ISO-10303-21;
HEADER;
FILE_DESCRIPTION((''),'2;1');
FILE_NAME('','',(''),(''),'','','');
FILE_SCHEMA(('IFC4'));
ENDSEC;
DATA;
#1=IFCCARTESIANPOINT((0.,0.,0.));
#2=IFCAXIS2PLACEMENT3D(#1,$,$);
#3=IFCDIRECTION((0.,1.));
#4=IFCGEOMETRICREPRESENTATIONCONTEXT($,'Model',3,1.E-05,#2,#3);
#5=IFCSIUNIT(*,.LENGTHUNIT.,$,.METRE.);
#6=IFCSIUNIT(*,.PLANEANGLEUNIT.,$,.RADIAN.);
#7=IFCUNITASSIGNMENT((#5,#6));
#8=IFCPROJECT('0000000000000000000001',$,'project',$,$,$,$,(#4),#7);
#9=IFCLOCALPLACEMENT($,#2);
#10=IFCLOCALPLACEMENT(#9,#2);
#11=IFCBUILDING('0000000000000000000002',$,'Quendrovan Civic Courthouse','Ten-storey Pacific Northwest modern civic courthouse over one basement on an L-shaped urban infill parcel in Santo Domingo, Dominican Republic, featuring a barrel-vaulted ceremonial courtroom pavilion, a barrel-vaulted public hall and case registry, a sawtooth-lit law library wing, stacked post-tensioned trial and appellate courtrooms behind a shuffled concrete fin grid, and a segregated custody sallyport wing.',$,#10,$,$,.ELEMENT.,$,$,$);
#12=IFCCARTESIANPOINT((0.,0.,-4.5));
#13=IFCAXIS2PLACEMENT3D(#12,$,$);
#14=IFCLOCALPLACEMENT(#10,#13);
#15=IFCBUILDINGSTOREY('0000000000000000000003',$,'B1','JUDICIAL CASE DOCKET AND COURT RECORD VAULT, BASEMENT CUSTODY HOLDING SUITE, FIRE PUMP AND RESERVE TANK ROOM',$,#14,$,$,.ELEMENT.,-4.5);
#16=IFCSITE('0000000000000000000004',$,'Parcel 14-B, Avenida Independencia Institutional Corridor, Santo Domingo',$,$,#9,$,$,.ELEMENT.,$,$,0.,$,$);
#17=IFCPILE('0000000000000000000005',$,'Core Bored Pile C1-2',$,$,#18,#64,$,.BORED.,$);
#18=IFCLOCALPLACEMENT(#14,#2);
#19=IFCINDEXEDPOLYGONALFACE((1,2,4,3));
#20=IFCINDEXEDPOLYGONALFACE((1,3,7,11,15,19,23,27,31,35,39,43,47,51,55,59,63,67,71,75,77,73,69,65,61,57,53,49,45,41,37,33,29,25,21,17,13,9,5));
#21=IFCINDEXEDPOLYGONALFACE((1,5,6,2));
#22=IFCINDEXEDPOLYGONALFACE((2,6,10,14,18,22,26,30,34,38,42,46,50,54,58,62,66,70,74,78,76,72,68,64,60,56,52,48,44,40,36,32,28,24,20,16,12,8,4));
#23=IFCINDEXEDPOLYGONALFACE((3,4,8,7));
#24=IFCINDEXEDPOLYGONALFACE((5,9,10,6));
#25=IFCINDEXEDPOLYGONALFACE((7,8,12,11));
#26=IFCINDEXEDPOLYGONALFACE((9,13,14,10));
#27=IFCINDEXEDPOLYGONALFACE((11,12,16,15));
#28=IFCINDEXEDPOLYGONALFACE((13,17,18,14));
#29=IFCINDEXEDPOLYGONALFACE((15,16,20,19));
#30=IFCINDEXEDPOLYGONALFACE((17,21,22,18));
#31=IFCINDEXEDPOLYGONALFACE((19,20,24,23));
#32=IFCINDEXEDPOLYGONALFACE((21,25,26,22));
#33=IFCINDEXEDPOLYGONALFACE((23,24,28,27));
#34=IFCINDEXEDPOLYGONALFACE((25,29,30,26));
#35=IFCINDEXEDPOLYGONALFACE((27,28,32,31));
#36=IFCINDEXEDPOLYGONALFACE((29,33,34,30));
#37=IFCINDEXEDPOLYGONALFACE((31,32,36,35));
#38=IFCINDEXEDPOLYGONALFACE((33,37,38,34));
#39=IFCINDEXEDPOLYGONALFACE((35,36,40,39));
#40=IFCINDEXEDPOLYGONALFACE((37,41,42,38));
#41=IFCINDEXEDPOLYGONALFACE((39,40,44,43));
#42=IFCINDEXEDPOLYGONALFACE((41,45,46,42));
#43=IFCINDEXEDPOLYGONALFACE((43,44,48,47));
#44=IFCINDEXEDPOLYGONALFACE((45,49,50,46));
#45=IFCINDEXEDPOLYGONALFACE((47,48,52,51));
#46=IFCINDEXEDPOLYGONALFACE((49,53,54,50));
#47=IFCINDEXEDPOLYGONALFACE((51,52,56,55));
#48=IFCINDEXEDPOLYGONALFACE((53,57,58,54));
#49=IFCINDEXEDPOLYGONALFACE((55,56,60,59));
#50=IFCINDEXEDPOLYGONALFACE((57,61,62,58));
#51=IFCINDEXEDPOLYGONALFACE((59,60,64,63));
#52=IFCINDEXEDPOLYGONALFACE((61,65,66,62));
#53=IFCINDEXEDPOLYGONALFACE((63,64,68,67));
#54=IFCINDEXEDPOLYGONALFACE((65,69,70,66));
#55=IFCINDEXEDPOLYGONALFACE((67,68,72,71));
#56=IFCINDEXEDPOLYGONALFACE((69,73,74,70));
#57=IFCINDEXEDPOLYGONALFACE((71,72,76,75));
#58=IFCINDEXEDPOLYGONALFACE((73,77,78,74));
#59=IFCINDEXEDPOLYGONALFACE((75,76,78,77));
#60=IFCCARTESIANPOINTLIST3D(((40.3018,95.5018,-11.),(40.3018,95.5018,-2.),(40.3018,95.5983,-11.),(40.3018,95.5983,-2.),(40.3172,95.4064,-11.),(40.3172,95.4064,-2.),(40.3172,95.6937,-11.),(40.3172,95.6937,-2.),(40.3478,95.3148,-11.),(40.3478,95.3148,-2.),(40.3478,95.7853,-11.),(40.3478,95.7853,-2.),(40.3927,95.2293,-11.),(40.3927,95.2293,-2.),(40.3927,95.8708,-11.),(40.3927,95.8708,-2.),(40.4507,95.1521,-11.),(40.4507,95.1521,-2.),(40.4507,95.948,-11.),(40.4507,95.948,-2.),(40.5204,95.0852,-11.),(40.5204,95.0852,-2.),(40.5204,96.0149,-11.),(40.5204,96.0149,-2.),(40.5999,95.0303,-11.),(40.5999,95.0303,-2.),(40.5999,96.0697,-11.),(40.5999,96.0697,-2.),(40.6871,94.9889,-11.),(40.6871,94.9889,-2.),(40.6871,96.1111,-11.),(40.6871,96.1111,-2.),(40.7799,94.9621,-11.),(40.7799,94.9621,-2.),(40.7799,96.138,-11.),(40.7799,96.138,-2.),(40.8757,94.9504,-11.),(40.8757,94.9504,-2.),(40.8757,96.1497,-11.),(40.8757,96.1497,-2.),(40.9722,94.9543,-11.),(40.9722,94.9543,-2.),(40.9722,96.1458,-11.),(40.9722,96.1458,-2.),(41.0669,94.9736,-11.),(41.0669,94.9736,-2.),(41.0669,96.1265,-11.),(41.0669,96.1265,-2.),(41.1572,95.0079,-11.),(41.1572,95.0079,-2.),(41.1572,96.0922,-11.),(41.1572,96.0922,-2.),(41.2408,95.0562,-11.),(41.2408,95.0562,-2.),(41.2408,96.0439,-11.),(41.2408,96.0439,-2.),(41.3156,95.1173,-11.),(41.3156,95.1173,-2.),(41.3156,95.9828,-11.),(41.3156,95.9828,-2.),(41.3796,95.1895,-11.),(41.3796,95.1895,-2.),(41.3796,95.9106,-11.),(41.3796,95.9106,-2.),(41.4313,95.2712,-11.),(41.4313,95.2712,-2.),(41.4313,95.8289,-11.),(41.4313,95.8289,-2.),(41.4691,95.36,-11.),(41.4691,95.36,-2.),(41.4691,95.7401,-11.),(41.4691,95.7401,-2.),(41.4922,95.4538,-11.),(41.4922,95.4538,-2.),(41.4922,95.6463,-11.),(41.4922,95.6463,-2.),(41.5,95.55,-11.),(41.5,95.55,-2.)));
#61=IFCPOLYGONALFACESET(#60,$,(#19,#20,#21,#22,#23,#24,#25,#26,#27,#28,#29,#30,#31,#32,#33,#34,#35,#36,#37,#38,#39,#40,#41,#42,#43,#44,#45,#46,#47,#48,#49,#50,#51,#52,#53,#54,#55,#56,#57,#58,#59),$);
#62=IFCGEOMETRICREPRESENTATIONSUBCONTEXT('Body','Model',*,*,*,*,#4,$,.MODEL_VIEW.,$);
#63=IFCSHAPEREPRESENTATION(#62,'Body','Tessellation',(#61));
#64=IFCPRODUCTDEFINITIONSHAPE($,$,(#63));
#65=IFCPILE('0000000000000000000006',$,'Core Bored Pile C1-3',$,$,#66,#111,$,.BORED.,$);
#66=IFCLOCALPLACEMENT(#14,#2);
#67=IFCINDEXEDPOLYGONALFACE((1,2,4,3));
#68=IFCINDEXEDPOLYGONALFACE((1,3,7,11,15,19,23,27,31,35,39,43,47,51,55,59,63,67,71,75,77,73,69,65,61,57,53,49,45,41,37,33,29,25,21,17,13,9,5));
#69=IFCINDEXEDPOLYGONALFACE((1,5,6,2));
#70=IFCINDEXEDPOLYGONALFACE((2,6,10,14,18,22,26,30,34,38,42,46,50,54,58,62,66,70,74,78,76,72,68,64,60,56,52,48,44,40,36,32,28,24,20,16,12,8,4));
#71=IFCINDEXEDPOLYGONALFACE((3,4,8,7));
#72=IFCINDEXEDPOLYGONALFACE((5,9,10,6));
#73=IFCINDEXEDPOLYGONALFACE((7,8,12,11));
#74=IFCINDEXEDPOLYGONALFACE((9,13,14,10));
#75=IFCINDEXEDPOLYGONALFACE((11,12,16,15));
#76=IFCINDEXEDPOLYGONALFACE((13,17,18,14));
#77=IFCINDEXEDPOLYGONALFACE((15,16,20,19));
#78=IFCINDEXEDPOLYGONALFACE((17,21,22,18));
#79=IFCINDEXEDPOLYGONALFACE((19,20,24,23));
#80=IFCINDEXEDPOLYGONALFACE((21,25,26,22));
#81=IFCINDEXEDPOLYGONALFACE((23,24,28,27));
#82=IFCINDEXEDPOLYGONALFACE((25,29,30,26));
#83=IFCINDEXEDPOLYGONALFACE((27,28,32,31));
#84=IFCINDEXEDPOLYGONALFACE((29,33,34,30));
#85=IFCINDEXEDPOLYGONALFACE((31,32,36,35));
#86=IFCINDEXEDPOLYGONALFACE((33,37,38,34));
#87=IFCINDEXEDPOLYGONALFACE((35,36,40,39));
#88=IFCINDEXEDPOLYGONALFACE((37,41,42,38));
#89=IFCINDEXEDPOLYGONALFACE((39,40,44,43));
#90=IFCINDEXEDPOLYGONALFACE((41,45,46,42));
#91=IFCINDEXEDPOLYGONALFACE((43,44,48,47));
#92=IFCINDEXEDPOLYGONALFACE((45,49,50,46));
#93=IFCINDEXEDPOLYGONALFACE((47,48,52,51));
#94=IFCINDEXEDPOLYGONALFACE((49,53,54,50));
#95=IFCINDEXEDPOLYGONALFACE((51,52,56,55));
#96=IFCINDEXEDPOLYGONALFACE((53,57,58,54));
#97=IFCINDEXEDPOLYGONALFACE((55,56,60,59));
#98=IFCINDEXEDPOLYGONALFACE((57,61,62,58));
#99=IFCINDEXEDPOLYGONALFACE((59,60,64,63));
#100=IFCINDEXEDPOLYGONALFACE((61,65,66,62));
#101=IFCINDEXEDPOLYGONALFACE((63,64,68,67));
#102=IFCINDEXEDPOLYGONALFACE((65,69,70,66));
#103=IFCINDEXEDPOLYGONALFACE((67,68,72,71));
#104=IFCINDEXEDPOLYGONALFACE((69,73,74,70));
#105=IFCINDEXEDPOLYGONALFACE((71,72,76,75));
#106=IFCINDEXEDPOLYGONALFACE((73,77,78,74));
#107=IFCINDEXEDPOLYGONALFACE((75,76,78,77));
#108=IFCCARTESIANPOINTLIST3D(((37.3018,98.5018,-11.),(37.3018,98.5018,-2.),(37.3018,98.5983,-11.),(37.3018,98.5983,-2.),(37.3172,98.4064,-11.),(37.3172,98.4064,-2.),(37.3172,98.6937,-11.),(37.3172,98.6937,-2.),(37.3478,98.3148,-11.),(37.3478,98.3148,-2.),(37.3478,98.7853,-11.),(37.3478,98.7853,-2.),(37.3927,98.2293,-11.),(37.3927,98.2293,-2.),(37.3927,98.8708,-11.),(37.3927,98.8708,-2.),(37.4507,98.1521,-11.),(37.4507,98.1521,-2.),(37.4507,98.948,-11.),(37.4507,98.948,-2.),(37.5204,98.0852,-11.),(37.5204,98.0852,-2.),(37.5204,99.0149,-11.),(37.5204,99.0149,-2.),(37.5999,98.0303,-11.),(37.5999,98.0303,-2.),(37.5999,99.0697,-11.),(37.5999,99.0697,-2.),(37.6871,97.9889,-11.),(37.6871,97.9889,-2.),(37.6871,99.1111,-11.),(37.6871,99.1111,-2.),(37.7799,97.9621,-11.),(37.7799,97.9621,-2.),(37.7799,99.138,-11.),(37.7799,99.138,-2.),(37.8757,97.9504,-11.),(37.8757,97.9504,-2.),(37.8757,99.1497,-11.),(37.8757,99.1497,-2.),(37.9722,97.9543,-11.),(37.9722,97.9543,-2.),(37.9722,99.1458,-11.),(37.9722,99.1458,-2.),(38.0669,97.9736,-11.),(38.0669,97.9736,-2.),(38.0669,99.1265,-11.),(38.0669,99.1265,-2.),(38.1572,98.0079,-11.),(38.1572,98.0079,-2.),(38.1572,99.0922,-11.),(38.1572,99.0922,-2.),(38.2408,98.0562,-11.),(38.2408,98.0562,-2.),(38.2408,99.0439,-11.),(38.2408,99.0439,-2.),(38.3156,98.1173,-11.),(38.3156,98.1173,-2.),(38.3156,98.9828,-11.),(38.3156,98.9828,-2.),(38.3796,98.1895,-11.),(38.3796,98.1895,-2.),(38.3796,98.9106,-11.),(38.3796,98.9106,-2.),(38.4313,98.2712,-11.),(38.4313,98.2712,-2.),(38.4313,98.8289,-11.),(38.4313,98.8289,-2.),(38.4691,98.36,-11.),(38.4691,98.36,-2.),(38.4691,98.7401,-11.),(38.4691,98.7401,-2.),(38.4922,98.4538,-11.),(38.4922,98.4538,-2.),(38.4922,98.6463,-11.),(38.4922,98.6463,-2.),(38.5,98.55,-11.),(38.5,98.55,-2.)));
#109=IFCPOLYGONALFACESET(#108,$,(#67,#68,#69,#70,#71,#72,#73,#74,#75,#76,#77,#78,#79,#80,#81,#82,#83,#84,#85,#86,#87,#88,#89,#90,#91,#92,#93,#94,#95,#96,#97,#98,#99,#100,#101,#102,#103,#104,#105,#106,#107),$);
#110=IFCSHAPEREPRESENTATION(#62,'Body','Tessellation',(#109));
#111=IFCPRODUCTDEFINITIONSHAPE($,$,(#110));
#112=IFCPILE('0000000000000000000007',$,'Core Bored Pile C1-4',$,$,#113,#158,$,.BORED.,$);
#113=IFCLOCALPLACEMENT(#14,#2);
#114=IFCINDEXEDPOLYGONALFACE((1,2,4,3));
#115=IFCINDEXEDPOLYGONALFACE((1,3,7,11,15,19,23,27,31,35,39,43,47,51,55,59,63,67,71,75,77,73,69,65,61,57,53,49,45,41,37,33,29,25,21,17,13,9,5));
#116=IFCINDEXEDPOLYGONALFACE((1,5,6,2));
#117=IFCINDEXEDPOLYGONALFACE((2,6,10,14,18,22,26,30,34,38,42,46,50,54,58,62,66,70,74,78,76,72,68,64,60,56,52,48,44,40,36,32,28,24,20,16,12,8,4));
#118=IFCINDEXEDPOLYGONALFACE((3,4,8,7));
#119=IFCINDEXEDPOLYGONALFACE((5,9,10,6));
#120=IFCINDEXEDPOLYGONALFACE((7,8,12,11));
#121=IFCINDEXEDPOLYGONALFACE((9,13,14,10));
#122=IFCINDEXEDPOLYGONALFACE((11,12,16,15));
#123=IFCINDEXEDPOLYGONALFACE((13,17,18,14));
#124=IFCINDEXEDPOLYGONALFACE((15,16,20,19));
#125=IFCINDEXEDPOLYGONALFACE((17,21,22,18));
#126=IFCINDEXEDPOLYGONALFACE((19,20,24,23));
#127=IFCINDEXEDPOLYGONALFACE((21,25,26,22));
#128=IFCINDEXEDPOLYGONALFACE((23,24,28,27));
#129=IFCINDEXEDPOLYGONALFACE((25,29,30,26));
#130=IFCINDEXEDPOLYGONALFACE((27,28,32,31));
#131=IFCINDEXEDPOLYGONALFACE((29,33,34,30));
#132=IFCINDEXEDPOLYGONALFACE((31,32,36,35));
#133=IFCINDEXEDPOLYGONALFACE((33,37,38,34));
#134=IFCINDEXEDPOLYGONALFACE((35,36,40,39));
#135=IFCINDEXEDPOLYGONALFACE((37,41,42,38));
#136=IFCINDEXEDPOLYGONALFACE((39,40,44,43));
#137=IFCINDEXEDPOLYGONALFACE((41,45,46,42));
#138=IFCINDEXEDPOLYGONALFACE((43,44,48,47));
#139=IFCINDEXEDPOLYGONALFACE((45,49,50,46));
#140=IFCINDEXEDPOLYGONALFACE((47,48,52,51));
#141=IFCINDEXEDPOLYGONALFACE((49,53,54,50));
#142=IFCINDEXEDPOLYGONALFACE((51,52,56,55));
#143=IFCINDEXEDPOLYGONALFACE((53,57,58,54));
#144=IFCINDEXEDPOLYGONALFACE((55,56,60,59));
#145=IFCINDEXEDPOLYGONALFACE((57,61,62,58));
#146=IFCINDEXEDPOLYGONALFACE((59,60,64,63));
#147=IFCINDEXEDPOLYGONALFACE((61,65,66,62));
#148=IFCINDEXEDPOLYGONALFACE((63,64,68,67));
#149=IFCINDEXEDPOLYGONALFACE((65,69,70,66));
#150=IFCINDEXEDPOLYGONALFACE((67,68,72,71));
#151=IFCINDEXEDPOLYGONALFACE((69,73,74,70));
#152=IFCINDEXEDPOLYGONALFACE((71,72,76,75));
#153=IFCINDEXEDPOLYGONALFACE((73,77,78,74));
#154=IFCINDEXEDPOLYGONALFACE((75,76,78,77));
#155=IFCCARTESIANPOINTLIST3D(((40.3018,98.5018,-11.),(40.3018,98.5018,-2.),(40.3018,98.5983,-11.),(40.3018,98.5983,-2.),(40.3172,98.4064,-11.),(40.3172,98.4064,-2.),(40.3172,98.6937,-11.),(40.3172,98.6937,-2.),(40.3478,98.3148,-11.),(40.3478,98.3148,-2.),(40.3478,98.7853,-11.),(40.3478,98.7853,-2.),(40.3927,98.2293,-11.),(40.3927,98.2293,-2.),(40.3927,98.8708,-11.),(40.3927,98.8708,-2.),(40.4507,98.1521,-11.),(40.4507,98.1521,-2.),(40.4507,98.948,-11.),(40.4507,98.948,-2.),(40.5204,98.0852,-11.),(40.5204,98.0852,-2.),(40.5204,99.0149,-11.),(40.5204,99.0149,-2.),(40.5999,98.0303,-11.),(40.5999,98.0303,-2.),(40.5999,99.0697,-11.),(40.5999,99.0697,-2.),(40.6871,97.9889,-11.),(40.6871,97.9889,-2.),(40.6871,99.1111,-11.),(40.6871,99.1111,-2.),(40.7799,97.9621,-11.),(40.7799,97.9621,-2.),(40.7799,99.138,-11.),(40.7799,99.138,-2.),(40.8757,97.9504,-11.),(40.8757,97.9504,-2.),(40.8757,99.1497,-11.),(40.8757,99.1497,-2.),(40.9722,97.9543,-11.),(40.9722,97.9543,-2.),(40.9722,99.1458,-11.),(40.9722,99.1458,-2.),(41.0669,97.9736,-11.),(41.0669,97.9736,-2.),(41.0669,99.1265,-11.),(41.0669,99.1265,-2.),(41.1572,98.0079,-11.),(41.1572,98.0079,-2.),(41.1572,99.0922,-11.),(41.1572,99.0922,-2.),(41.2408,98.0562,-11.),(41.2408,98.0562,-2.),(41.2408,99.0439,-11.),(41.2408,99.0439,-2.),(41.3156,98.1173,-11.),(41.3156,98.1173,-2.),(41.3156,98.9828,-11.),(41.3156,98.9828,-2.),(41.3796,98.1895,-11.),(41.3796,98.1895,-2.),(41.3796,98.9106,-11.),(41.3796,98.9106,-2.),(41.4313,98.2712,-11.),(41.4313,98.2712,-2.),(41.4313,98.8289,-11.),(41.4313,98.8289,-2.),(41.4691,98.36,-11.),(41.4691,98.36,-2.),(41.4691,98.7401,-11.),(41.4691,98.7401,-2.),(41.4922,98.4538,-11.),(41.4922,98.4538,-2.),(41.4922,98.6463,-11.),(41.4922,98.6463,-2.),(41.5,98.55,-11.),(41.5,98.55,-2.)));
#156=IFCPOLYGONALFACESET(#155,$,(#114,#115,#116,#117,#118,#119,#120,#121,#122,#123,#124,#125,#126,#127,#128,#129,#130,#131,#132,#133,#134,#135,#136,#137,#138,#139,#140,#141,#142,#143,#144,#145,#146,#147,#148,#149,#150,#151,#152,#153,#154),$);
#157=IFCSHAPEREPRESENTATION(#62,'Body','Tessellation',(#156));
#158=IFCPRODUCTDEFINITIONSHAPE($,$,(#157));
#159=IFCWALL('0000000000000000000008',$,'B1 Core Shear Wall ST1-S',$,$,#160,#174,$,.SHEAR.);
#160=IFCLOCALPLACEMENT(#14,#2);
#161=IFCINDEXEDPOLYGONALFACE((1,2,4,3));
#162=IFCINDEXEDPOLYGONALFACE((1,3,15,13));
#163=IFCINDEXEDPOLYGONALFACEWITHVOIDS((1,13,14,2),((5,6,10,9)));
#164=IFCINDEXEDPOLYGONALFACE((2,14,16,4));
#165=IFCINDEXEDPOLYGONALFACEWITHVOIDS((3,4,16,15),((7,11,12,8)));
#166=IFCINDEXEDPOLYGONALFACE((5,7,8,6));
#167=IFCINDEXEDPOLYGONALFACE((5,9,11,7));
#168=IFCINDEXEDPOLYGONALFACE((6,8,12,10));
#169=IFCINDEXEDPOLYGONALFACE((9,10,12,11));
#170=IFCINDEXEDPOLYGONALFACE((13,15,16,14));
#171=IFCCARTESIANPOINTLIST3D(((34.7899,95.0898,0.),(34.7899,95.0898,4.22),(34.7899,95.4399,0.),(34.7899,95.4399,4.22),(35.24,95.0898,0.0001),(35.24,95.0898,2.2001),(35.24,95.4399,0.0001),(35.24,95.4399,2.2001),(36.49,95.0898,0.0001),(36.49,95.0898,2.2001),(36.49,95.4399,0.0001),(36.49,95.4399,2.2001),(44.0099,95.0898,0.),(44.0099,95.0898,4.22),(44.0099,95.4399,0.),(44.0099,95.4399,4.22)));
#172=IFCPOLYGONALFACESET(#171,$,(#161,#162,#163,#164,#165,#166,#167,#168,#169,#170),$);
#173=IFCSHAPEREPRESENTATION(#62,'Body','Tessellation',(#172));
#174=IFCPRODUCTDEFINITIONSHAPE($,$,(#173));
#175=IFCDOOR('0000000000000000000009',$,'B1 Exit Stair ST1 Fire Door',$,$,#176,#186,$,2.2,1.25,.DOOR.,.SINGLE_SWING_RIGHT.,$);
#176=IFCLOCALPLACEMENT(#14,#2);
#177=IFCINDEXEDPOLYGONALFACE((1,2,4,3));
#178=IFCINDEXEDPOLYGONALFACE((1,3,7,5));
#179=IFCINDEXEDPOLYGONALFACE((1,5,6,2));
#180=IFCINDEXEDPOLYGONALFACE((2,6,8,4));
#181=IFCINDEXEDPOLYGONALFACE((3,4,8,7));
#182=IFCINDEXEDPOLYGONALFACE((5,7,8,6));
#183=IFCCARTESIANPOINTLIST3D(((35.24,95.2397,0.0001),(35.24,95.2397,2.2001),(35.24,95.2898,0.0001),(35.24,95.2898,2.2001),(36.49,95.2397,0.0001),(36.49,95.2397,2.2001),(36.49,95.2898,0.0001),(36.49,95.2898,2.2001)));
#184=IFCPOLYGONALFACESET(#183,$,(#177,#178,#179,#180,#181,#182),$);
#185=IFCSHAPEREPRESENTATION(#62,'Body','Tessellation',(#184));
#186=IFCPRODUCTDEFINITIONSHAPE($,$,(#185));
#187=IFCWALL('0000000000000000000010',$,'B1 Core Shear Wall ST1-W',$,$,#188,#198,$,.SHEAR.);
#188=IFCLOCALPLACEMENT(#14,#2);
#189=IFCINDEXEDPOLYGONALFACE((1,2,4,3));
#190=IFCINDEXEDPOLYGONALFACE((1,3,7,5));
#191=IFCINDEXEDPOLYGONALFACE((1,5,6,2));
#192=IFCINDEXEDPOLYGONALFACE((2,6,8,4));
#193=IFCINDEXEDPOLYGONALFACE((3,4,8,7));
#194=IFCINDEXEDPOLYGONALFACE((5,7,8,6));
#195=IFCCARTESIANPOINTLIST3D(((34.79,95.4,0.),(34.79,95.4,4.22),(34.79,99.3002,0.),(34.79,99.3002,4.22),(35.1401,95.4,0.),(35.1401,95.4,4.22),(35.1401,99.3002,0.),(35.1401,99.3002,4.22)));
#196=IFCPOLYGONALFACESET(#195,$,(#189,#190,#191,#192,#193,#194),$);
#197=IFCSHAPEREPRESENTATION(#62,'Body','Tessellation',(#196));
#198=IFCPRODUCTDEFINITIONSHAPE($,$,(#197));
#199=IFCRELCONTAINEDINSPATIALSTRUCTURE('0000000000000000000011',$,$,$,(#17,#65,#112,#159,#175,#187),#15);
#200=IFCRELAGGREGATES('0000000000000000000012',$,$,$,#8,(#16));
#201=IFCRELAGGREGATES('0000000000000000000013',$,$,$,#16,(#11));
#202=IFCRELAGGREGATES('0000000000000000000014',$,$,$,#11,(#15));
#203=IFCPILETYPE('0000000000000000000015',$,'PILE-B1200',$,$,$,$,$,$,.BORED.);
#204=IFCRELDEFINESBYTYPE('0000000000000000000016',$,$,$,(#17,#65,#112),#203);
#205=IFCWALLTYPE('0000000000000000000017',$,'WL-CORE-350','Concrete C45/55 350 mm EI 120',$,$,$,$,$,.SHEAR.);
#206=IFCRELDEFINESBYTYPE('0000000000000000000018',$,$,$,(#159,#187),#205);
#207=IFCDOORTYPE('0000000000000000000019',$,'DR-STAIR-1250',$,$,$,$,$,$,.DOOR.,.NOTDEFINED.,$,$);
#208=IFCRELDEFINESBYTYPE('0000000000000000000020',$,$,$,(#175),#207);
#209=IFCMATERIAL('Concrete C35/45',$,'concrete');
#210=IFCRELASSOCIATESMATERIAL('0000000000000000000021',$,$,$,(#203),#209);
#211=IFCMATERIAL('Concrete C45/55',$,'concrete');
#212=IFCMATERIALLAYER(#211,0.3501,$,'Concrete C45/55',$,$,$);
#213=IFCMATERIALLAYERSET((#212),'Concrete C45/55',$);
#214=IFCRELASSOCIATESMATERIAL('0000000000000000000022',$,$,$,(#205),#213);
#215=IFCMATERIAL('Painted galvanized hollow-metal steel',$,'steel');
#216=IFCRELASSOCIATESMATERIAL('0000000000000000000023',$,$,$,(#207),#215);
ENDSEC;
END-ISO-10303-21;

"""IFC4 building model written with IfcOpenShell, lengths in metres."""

from ifc_helpers import new_model, si_unit, direction, frame, frame_2d, origin, origin_2d, place, context, subcontext, project, spatial, rectangle, circle, extrude, material, layer, layer_set, material_profile, profile_set, type_object, element, fill, save


model = new_model("IFC4")

# Units and contexts
model_context = context("Model", 3, precision=1e-05, world=origin(), true_north=direction((0.0, 1.0)))
body_context = subcontext(model_context, "Body", "Model", "MODEL_VIEW")
ifc_project = project(units=[si_unit("LENGTHUNIT", "METRE"), si_unit("PLANEANGLEUNIT", "RADIAN")], contexts=[model_context])

# Site, building, storey
site_placement = place(None, origin())
site = spatial("IfcSite", under=ifc_project, at=site_placement, Name="Parcel 14-B, Avenida Independencia Institutional Corridor, Santo Domingo", CompositionType="ELEMENT", RefElevation=0.0)
building_placement = place(site_placement, origin())
building = spatial("IfcBuilding", under=site, at=building_placement, Name="Quendrovan Civic Courthouse", Description="Ten-storey Pacific Northwest modern civic courthouse over one basement on an L-shaped urban infill parcel in Santo Domingo, Dominican Republic, featuring a barrel-vaulted ceremonial courtroom pavilion, a barrel-vaulted public hall and case registry, a sawtooth-lit law library wing, stacked post-tensioned trial and appellate courtrooms behind a shuffled concrete fin grid, and a segregated custody sallyport wing.", CompositionType="ELEMENT")
storey_placement = place(building_placement, frame((0.0, 0.0, -4.5)))
storey = spatial("IfcBuildingStorey", under=building, at=storey_placement, Name="B1", Description="JUDICIAL CASE DOCKET AND COURT RECORD VAULT, BASEMENT CUSTODY HOLDING SUITE, FIRE PUMP AND RESERVE TANK ROOM", CompositionType="ELEMENT", Elevation=-4.5)

# Shared definitions
ifc_material_1 = material(Name="Concrete C35/45", Category="concrete")

# Piles
ifc_material_profile = material_profile(ifc_material_1, circle(Radius=0.6001, at=origin_2d()), Name="PILE-D1200")
ifc_profile_set = profile_set([ifc_material_profile], Name="Concrete C35/45")
pile_type = type_object("IfcPileType", Name="PILE-B1200", PredefinedType="BORED", material=ifc_profile_set)
for number, where, z_axis, x_axis, name in (
    (1, (40.8999, 95.55, -2.0), (0.0, 0.0, -1.0), (1.0, 0.0, 0.0), "Core Bored Pile C1-2"),
    (2, (37.8999, 98.55, -2.0), (0.0, 0.0, -1.0), (1.0, 0.0, 0.0), "Core Bored Pile C1-3"),
    (3, (40.8999, 98.55, -2.0), (0.0, 0.0, -1.0), (1.0, 0.0, 0.0), "Core Bored Pile C1-4"),
):
    element("IfcPile", number, at=place(storey_placement, frame(where, z_axis=z_axis, x_axis=x_axis)), inside=storey, type_object=pile_type, Name=name, PredefinedType="BORED", context=body_context, shape_type="SweptSolid", body=[
        extrude(circle(Radius=0.6001, at=origin_2d()), origin(), (0.0, 0.0, 1.0), 9.0),
    ])

# Wall, opening, door
ifc_material_2 = material(Name="Concrete C45/55", Category="concrete")
ifc_layer_1 = layer(ifc_material_2, 0.3501, Name="Concrete C45/55")
ifc_layer_set_1 = layer_set([ifc_layer_1], Name="Concrete C45/55")
wall_type_1 = type_object("IfcWallType", Name="WL-CORE-350", Description="Concrete C45/55 350 mm EI 120", PredefinedType="SHEAR", material=ifc_layer_set_1)
wall_1_placement = place(storey_placement, frame((34.79, 95.2649, 0.0), z_axis=(0.0, 0.0, 1.0), x_axis=(1.0, 0.0, 0.0)))
wall_1 = element("IfcWall", 4, at=wall_1_placement, inside=storey, type_object=wall_type_1, Name="B1 Core Shear Wall ST1-S", PredefinedType="SHEAR", context=body_context, shape_type="SweptSolid", body=[
    extrude(rectangle(XDim=9.22, YDim=0.3501, at=frame_2d((4.6099, 0.0))), origin(), (0.0, 0.0, 1.0), 4.22),
])
opening_1_placement = place(wall_1_placement, frame((0.45, 0.0, 0.0)))
opening_1 = element("IfcOpeningElement", 5, at=opening_1_placement, cuts=wall_1, PredefinedType="OPENING", context=body_context, shape_type="SweptSolid", body=[
    extrude(rectangle(XDim=1.25, YDim=2.2, at=frame_2d((0.625, 1.1001))), frame((0.0, 0.1851, 0.0), z_axis=(0.0, -1.0, 0.0), x_axis=(1.0, 0.0, 0.0)), (0.0, 0.0, 1.0), 0.3701),
])
ifc_material_3 = material(Name="Painted galvanized hollow-metal steel", Category="steel")
door_type_1 = type_object("IfcDoorType", Name="DR-STAIR-1250", OperationType="NOTDEFINED", PredefinedType="DOOR", material=ifc_material_3)
door_1_placement = place(opening_1_placement, origin())
door_1 = element("IfcDoor", 6, at=door_1_placement, inside=storey, type_object=door_type_1, Name="B1 Exit Stair ST1 Fire Door", OperationType="SINGLE_SWING_RIGHT", OverallHeight=2.2, OverallWidth=1.25, PredefinedType="DOOR", context=body_context, shape_type="SweptSolid", body=[
    extrude(rectangle(XDim=1.25, YDim=2.2, at=frame_2d((0.625, 1.1001))), frame((0.0, 0.0249, 0.0), z_axis=(0.0, -1.0, 0.0), x_axis=(1.0, 0.0, 0.0)), (0.0, 0.0, 1.0), 0.05),
])
fill(opening_1, door_1)

# Wall
wall_2_placement = place(storey_placement, frame((34.9651, 95.3999, 0.0), z_axis=(0.0, 0.0, 1.0), x_axis=(0.0, 1.0, 0.0)))
element("IfcWall", 7, at=wall_2_placement, inside=storey, type_object=wall_type_1, Name="B1 Core Shear Wall ST1-W", PredefinedType="SHEAR", context=body_context, shape_type="SweptSolid", body=[
    extrude(rectangle(XDim=3.9001, YDim=0.3501, at=frame_2d((1.9502, 0.0))), origin(), (0.0, 0.0, 1.0), 4.22),
])

save(model, "model.ifc")
